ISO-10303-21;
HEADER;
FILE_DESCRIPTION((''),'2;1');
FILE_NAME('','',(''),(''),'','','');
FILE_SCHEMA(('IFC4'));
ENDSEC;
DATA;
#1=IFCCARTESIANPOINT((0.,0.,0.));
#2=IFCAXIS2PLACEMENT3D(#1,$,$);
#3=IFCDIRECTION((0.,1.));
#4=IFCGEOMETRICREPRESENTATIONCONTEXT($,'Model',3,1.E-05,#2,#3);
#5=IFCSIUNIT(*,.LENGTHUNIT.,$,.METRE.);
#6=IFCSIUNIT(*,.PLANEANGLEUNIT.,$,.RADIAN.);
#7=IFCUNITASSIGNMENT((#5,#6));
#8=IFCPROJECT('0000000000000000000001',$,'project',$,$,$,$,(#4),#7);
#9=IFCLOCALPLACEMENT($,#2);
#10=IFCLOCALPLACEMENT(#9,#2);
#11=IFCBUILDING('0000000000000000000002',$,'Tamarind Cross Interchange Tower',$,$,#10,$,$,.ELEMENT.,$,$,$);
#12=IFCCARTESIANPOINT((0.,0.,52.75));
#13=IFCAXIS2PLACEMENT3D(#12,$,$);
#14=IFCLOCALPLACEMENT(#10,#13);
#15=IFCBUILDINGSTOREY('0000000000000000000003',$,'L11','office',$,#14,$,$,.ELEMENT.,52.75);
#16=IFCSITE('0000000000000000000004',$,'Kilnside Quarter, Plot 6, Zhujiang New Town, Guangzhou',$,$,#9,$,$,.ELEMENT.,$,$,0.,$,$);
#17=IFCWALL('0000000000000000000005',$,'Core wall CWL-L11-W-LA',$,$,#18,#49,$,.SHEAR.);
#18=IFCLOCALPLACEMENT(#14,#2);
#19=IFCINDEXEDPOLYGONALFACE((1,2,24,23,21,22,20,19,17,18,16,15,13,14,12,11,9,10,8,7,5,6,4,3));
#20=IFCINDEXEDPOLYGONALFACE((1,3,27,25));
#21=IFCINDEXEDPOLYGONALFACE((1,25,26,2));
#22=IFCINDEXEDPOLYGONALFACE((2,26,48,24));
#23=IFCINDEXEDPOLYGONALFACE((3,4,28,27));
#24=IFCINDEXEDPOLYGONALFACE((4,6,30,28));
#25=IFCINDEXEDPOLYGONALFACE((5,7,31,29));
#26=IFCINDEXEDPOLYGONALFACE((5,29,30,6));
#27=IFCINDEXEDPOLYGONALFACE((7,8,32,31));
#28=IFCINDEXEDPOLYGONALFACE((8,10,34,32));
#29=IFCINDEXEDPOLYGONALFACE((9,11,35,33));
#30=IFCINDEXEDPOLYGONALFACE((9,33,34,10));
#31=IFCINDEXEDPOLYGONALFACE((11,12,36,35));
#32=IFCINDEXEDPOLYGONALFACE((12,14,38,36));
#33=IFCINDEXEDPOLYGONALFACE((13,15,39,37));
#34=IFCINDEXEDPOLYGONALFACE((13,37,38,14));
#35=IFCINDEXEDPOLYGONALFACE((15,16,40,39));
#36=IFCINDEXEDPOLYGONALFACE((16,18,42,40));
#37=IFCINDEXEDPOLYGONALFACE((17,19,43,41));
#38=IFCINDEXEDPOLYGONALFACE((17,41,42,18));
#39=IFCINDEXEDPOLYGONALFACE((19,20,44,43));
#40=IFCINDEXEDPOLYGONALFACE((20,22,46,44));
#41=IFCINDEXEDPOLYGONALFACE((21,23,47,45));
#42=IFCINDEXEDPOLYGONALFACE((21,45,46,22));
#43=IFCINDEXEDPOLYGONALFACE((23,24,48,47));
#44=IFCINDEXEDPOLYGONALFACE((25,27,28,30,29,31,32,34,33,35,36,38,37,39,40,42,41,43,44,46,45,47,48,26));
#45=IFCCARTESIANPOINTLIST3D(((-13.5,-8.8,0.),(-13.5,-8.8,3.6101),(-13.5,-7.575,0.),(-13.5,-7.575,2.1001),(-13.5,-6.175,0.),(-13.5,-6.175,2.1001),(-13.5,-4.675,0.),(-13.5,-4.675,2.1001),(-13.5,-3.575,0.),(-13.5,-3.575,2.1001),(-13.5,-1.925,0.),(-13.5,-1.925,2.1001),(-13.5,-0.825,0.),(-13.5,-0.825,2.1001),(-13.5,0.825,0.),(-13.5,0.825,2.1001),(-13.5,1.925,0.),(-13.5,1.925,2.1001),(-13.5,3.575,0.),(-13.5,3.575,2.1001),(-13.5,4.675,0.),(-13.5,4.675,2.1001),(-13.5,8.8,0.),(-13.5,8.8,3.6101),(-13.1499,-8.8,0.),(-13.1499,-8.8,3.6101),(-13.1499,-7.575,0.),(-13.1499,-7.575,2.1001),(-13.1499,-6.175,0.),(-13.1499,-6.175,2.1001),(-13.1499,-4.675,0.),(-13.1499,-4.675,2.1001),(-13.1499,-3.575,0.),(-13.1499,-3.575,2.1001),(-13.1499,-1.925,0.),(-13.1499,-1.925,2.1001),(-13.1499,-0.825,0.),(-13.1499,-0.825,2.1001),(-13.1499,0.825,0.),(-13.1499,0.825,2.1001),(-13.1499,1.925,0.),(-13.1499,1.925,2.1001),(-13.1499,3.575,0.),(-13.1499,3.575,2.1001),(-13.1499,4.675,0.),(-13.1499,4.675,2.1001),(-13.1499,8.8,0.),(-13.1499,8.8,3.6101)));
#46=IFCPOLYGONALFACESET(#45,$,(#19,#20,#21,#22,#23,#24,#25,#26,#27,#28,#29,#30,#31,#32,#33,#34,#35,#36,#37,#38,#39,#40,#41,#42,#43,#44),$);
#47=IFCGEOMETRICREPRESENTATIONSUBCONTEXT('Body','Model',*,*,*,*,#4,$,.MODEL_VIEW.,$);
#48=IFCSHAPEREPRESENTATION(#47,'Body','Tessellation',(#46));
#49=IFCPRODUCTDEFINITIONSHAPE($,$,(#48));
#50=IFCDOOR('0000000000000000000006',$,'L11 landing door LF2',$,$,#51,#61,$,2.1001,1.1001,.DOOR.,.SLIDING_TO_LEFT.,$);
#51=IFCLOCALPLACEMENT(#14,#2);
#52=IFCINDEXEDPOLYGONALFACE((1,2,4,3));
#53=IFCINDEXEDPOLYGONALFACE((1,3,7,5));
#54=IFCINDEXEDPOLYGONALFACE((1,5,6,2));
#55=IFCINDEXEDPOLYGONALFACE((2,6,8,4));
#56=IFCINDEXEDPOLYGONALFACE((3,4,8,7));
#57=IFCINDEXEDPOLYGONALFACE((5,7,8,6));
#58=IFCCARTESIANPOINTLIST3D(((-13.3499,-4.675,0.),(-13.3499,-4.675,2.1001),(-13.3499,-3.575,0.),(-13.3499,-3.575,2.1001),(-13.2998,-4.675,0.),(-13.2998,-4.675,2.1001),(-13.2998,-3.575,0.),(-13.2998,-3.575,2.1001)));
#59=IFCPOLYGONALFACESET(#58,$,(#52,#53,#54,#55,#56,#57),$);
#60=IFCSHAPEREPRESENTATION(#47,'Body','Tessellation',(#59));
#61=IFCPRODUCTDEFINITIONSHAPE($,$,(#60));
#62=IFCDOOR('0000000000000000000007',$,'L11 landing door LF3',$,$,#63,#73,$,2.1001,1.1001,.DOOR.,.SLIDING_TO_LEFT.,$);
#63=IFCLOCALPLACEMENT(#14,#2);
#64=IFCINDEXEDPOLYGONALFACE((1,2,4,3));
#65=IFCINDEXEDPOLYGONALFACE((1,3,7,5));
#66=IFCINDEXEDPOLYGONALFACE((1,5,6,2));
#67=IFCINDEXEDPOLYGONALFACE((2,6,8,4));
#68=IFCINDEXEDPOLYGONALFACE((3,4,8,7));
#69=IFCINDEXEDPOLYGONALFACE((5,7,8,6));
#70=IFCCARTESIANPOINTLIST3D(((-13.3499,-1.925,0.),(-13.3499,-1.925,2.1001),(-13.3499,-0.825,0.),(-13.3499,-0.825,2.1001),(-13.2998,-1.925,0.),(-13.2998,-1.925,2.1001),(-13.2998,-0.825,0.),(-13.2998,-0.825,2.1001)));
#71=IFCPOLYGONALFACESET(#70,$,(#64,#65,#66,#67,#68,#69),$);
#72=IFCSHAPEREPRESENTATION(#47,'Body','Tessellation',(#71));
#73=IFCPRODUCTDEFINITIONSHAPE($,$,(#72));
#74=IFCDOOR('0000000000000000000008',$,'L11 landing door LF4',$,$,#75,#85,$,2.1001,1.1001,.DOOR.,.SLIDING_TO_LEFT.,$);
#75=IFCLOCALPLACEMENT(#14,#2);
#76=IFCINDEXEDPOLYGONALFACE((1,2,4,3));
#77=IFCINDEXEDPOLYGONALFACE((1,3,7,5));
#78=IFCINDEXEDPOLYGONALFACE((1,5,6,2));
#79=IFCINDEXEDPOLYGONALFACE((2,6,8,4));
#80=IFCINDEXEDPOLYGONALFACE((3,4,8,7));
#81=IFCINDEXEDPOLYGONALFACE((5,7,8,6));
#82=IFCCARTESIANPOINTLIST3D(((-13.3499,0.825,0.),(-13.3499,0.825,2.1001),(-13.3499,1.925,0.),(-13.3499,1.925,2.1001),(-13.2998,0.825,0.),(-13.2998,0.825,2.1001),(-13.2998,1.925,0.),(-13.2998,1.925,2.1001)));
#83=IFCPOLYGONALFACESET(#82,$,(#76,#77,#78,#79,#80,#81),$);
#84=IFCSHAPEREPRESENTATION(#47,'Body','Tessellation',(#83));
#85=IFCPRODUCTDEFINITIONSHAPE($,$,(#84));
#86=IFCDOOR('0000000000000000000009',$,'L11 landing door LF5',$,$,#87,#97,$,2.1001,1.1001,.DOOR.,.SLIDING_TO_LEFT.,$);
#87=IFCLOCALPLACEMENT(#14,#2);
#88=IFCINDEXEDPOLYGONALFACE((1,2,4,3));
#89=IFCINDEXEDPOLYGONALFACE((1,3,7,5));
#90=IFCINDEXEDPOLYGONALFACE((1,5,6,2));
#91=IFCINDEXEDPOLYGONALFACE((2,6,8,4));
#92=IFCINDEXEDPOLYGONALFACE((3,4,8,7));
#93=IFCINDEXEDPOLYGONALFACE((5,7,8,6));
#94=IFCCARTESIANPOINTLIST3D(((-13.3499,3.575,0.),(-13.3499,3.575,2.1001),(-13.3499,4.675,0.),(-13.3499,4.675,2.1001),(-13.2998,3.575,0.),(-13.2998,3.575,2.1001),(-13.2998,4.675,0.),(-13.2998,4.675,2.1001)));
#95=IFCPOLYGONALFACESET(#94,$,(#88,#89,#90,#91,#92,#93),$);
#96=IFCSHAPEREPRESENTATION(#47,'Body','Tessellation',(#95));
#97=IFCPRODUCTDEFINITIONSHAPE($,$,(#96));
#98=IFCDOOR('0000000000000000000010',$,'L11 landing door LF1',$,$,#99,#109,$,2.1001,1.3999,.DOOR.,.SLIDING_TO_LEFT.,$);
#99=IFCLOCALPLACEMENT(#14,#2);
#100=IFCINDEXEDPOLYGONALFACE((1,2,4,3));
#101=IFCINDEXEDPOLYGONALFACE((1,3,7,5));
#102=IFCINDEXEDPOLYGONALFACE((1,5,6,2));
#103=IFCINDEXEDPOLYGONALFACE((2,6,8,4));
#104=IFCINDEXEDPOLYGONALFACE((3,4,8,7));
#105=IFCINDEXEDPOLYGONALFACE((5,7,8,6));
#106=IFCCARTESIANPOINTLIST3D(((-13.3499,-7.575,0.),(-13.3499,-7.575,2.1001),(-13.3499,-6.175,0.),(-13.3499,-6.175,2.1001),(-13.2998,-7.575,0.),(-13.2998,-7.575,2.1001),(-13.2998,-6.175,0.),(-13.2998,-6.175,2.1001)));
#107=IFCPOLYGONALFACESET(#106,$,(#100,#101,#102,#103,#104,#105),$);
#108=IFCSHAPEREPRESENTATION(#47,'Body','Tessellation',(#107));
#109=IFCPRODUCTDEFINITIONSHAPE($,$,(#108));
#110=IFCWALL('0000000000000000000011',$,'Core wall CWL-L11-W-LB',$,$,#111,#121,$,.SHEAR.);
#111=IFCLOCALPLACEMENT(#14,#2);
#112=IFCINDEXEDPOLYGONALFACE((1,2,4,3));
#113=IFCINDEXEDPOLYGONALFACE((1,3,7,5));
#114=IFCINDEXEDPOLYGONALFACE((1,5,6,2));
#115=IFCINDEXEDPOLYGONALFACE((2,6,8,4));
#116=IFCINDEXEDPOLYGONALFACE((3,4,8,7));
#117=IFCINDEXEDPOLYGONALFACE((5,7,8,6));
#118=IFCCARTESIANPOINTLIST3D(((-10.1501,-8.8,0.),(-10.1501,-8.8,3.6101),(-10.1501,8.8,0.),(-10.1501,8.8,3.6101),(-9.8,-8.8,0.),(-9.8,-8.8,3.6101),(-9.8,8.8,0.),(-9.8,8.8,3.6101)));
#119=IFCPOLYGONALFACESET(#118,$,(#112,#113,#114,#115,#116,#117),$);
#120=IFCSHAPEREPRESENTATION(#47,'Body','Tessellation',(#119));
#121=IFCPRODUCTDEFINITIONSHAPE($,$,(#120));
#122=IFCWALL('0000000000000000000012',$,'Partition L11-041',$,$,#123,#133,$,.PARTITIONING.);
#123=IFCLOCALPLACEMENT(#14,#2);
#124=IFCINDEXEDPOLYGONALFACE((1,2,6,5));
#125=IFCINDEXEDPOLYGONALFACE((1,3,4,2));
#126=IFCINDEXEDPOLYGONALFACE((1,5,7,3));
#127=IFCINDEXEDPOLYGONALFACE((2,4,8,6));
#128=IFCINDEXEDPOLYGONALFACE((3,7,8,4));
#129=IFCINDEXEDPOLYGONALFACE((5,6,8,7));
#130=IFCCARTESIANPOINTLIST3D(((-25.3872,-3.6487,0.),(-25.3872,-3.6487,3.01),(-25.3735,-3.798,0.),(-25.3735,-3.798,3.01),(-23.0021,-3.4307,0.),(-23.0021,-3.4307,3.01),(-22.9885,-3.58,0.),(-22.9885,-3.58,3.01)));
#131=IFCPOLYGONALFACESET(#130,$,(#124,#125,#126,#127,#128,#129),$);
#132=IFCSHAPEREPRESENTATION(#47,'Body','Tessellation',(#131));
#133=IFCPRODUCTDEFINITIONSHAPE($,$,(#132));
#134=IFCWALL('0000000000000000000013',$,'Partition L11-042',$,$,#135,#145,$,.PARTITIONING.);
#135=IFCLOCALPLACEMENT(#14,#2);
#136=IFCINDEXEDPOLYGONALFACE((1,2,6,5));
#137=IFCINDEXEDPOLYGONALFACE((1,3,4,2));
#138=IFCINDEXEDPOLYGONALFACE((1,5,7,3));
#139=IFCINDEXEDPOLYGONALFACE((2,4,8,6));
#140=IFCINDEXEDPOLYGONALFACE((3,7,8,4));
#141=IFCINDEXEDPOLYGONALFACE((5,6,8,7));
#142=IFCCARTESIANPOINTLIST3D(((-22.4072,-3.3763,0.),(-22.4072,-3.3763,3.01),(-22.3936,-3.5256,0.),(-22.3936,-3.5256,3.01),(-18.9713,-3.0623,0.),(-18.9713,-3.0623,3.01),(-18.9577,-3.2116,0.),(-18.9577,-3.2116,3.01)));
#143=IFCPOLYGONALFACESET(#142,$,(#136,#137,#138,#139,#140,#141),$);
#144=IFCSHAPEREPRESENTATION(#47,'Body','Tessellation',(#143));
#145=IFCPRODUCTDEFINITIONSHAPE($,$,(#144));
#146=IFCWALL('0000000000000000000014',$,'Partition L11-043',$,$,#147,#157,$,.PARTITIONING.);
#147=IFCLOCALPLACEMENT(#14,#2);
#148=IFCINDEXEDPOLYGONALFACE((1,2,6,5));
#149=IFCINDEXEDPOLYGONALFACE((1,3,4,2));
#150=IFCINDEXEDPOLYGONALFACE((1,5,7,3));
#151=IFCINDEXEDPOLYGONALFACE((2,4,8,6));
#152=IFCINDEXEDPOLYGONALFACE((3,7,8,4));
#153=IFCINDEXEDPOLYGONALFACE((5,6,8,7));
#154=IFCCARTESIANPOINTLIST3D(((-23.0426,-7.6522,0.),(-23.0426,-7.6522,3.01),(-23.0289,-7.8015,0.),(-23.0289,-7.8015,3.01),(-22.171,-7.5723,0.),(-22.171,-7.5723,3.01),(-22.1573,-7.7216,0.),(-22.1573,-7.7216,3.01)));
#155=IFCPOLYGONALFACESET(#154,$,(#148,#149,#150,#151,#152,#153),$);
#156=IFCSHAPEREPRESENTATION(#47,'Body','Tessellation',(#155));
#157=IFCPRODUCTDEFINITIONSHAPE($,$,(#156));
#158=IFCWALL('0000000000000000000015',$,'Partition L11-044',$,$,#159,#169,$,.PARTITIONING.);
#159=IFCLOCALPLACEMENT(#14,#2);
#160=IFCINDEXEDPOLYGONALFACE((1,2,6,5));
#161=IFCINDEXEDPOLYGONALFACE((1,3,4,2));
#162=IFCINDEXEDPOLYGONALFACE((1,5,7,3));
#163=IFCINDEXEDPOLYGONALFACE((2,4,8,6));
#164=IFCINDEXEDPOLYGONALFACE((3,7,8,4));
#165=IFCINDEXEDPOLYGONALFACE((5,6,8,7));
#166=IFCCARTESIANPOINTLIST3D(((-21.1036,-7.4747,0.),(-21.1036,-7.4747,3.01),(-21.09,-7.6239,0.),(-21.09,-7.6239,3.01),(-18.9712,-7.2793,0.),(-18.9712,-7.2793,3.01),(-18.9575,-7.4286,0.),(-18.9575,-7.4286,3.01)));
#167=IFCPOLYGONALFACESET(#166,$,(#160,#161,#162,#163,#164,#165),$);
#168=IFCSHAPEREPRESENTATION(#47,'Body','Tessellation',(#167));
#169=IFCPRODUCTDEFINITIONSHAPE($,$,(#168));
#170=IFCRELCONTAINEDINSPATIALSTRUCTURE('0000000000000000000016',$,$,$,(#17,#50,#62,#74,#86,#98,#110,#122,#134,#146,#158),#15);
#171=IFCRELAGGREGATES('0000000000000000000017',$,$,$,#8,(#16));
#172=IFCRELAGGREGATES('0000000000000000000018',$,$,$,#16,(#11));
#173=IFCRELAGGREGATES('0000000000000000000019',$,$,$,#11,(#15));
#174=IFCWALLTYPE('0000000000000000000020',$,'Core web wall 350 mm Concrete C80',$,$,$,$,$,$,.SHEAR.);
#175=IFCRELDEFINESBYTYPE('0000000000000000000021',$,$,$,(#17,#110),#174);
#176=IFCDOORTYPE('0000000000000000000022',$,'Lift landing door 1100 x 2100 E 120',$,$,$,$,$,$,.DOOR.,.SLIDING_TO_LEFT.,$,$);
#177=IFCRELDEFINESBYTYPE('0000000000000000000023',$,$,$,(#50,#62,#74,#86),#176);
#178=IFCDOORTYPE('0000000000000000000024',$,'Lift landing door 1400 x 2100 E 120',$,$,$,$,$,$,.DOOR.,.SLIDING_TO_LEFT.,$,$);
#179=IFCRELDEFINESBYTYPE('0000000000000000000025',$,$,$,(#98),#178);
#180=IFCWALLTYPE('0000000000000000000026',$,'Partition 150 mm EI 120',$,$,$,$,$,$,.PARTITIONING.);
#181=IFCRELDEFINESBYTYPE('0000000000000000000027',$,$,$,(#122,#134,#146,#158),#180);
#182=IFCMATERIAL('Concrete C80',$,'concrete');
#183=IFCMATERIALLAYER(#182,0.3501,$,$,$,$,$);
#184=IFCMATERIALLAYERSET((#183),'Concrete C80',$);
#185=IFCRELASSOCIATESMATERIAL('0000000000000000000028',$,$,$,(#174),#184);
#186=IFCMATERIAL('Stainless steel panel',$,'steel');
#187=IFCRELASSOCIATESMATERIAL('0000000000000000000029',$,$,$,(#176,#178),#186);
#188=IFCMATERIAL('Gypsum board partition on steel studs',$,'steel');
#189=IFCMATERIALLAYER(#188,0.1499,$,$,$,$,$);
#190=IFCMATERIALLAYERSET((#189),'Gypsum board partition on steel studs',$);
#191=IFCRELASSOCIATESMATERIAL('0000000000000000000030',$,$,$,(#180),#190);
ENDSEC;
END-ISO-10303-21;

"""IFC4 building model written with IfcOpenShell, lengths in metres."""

from ifc_helpers import new_model, si_unit, direction, frame, frame_2d, origin, place, context, subcontext, project, spatial, rectangle, extrude, material, layer, layer_set, type_object, element, fill, save


model = new_model("IFC4")

# Units and contexts
model_context = context("Model", 3, precision=1e-05, world=origin(), true_north=direction((0.0, 1.0)))
body_context = subcontext(model_context, "Body", "Model", "MODEL_VIEW")
ifc_project = project(units=[si_unit("LENGTHUNIT", "METRE"), si_unit("PLANEANGLEUNIT", "RADIAN")], contexts=[model_context])

# Site, building, storey
site_placement = place(None, origin())
site = spatial("IfcSite", under=ifc_project, at=site_placement, Name="Kilnside Quarter, Plot 6, Zhujiang New Town, Guangzhou", CompositionType="ELEMENT", RefElevation=0.0)
building_placement = place(site_placement, origin())
building = spatial("IfcBuilding", under=site, at=building_placement, Name="Tamarind Cross Interchange Tower", CompositionType="ELEMENT")
storey_placement = place(building_placement, frame((0.0, 0.0, 52.75)))
storey = spatial("IfcBuildingStorey", under=building, at=storey_placement, Name="L11", Description="office", CompositionType="ELEMENT", Elevation=52.75)

# Wall, openings, doors
ifc_material_1 = material(Name="Concrete C80", Category="concrete")
ifc_layer_1 = layer(ifc_material_1, 0.3501)
ifc_layer_set_1 = layer_set([ifc_layer_1], Name="Concrete C80")
wall_type_1 = type_object("IfcWallType", Name="Core web wall 350 mm Concrete C80", PredefinedType="SHEAR", material=ifc_layer_set_1)
wall_1_placement = place(storey_placement, frame((-13.325, -8.8, 0.0), z_axis=(0.0, 0.0, 1.0), x_axis=(0.0, 1.0, 0.0)))
wall_1 = element("IfcWall", 1, at=wall_1_placement, inside=storey, type_object=wall_type_1, Name="Core wall CWL-L11-W-LA", PredefinedType="SHEAR", context=body_context, shape_type="SweptSolid", body=[
    extrude(rectangle(XDim=17.6001, YDim=0.3501, at=frame_2d((8.8, 0.0))), origin(), (0.0, 0.0, 1.0), 3.6101),
])
opening_1_placement = place(wall_1_placement, frame((1.2251, 0.0, 0.0)))
opening_1 = element("IfcOpeningElement", 2, at=opening_1_placement, cuts=wall_1, PredefinedType="OPENING", context=body_context, shape_type="SweptSolid", body=[
    extrude(rectangle(XDim=1.3999, YDim=2.1001, at=frame_2d((0.7, 1.05))), frame((0.0, 0.1851, 0.0), z_axis=(0.0, -1.0, 0.0), x_axis=(1.0, 0.0, 0.0)), (0.0, 0.0, 1.0), 0.3701),
])
opening_2_placement = place(wall_1_placement, frame((4.125, 0.0, 0.0)))
opening_2 = element("IfcOpeningElement", 3, at=opening_2_placement, cuts=wall_1, PredefinedType="OPENING", context=body_context, shape_type="SweptSolid", body=[
    extrude(rectangle(XDim=1.1001, YDim=2.1001, at=frame_2d((0.55, 1.05))), frame((0.0, 0.1851, 0.0), z_axis=(0.0, -1.0, 0.0), x_axis=(1.0, 0.0, 0.0)), (0.0, 0.0, 1.0), 0.3701),
])
opening_3_placement = place(wall_1_placement, frame((6.875, 0.0, 0.0)))
opening_3 = element("IfcOpeningElement", 4, at=opening_3_placement, cuts=wall_1, PredefinedType="OPENING", context=body_context, shape_type="SweptSolid", body=[
    extrude(rectangle(XDim=1.1001, YDim=2.1001, at=frame_2d((0.55, 1.05))), frame((0.0, 0.1851, 0.0), z_axis=(0.0, -1.0, 0.0), x_axis=(1.0, 0.0, 0.0)), (0.0, 0.0, 1.0), 0.3701),
])
opening_4_placement = place(wall_1_placement, frame((9.625, 0.0, 0.0)))
opening_4 = element("IfcOpeningElement", 5, at=opening_4_placement, cuts=wall_1, PredefinedType="OPENING", context=body_context, shape_type="SweptSolid", body=[
    extrude(rectangle(XDim=1.1001, YDim=2.1001, at=frame_2d((0.55, 1.05))), frame((0.0, 0.1851, 0.0), z_axis=(0.0, -1.0, 0.0), x_axis=(1.0, 0.0, 0.0)), (0.0, 0.0, 1.0), 0.3701),
])
opening_5_placement = place(wall_1_placement, frame((12.375, 0.0, 0.0)))
opening_5 = element("IfcOpeningElement", 6, at=opening_5_placement, cuts=wall_1, PredefinedType="OPENING", context=body_context, shape_type="SweptSolid", body=[
    extrude(rectangle(XDim=1.1001, YDim=2.1001, at=frame_2d((0.55, 1.05))), frame((0.0, 0.1851, 0.0), z_axis=(0.0, -1.0, 0.0), x_axis=(1.0, 0.0, 0.0)), (0.0, 0.0, 1.0), 0.3701),
])
ifc_material_2 = material(Name="Stainless steel panel", Category="steel")
door_type_1 = type_object("IfcDoorType", Name="Lift landing door 1100 x 2100 E 120", OperationType="SLIDING_TO_LEFT", PredefinedType="DOOR", material=ifc_material_2)
door_1_placement = place(opening_2_placement, origin())
door_1 = element("IfcDoor", 7, at=door_1_placement, inside=storey, type_object=door_type_1, Name="L11 landing door LF2", OperationType="SLIDING_TO_LEFT", OverallHeight=2.1001, OverallWidth=1.1001, PredefinedType="DOOR", context=body_context, shape_type="SweptSolid", body=[
    extrude(rectangle(XDim=1.1001, YDim=2.1001, at=frame_2d((0.55, 1.05))), frame((0.0, 0.0249, 0.0), z_axis=(0.0, -1.0, 0.0), x_axis=(1.0, 0.0, 0.0)), (0.0, 0.0, 1.0), 0.05),
])
fill(opening_2, door_1)
door_2_placement = place(opening_3_placement, origin())
door_2 = element("IfcDoor", 8, at=door_2_placement, inside=storey, type_object=door_type_1, Name="L11 landing door LF3", OperationType="SLIDING_TO_LEFT", OverallHeight=2.1001, OverallWidth=1.1001, PredefinedType="DOOR", context=body_context, shape_type="SweptSolid", body=[
    extrude(rectangle(XDim=1.1001, YDim=2.1001, at=frame_2d((0.55, 1.05))), frame((0.0, 0.0249, 0.0), z_axis=(0.0, -1.0, 0.0), x_axis=(1.0, 0.0, 0.0)), (0.0, 0.0, 1.0), 0.05),
])
fill(opening_3, door_2)
door_3_placement = place(opening_4_placement, origin())
door_3 = element("IfcDoor", 9, at=door_3_placement, inside=storey, type_object=door_type_1, Name="L11 landing door LF4", OperationType="SLIDING_TO_LEFT", OverallHeight=2.1001, OverallWidth=1.1001, PredefinedType="DOOR", context=body_context, shape_type="SweptSolid", body=[
    extrude(rectangle(XDim=1.1001, YDim=2.1001, at=frame_2d((0.55, 1.05))), frame((0.0, 0.0249, 0.0), z_axis=(0.0, -1.0, 0.0), x_axis=(1.0, 0.0, 0.0)), (0.0, 0.0, 1.0), 0.05),
])
fill(opening_4, door_3)
door_4_placement = place(opening_5_placement, origin())
door_4 = element("IfcDoor", 10, at=door_4_placement, inside=storey, type_object=door_type_1, Name="L11 landing door LF5", OperationType="SLIDING_TO_LEFT", OverallHeight=2.1001, OverallWidth=1.1001, PredefinedType="DOOR", context=body_context, shape_type="SweptSolid", body=[
    extrude(rectangle(XDim=1.1001, YDim=2.1001, at=frame_2d((0.55, 1.05))), frame((0.0, 0.0249, 0.0), z_axis=(0.0, -1.0, 0.0), x_axis=(1.0, 0.0, 0.0)), (0.0, 0.0, 1.0), 0.05),
])
fill(opening_5, door_4)
door_type_2 = type_object("IfcDoorType", Name="Lift landing door 1400 x 2100 E 120", OperationType="SLIDING_TO_LEFT", PredefinedType="DOOR", material=ifc_material_2)
door_5_placement = place(opening_1_placement, origin())
door_5 = element("IfcDoor", 11, at=door_5_placement, inside=storey, type_object=door_type_2, Name="L11 landing door LF1", OperationType="SLIDING_TO_LEFT", OverallHeight=2.1001, OverallWidth=1.3999, PredefinedType="DOOR", context=body_context, shape_type="SweptSolid", body=[
    extrude(rectangle(XDim=1.3999, YDim=2.1001, at=frame_2d((0.7, 1.05))), frame((0.0, 0.0249, 0.0), z_axis=(0.0, -1.0, 0.0), x_axis=(1.0, 0.0, 0.0)), (0.0, 0.0, 1.0), 0.05),
])
fill(opening_1, door_5)

# Walls
wall_2_placement = place(storey_placement, frame((-9.9751, -8.8, 0.0), z_axis=(0.0, 0.0, 1.0), x_axis=(0.0, 1.0, 0.0)))
element("IfcWall", 12, at=wall_2_placement, inside=storey, type_object=wall_type_1, Name="Core wall CWL-L11-W-LB", PredefinedType="SHEAR", context=body_context, shape_type="SweptSolid", body=[
    extrude(rectangle(XDim=17.6001, YDim=0.3501, at=frame_2d((8.8, 0.0))), origin(), (0.0, 0.0, 1.0), 3.6101),
])
ifc_material_3 = material(Name="Gypsum board partition on steel studs", Category="steel")
ifc_layer_2 = layer(ifc_material_3, 0.1499)
ifc_layer_set_2 = layer_set([ifc_layer_2], Name="Gypsum board partition on steel studs")
wall_type_2 = type_object("IfcWallType", Name="Partition 150 mm EI 120", PredefinedType="PARTITIONING", material=ifc_layer_set_2)
wall_3_placement = place(storey_placement, frame((-25.3804, -3.7234, 0.0), z_axis=(0.0, 0.0, 1.0), x_axis=(0.995848, 0.091032, 0.0)))
element("IfcWall", 13, at=wall_3_placement, inside=storey, type_object=wall_type_2, Name="Partition L11-041", PredefinedType="PARTITIONING", context=body_context, shape_type="SweptSolid", body=[
    extrude(rectangle(XDim=2.395, YDim=0.1499, at=frame_2d((1.1975, 0.0))), origin(), (0.0, 0.0, 1.0), 3.01),
])
wall_4_placement = place(storey_placement, frame((-22.4004, -3.4509, 0.0), z_axis=(0.0, 0.0, 1.0), x_axis=(0.995851, 0.091001, 0.0)))
element("IfcWall", 14, at=wall_4_placement, inside=storey, type_object=wall_type_2, Name="Partition L11-042", PredefinedType="PARTITIONING", context=body_context, shape_type="SweptSolid", body=[
    extrude(rectangle(XDim=3.4502, YDim=0.1499, at=frame_2d((1.7251, 0.0))), origin(), (0.0, 0.0, 1.0), 3.01),
])
wall_5_placement = place(storey_placement, frame((-23.0356, -7.7268, 0.0), z_axis=(0.0, 0.0, 1.0), x_axis=(0.995831, 0.091215, 0.0)))
element("IfcWall", 15, at=wall_5_placement, inside=storey, type_object=wall_type_2, Name="Partition L11-043", PredefinedType="PARTITIONING", context=body_context, shape_type="SweptSolid", body=[
    extrude(rectangle(XDim=0.8752, YDim=0.1499, at=frame_2d((0.4375, 0.0))), origin(), (0.0, 0.0, 1.0), 3.01),
])
wall_6_placement = place(storey_placement, frame((-21.0969, -7.5493, 0.0), z_axis=(0.0, 0.0, 1.0), x_axis=(0.995831, 0.091214, 0.0)))
element("IfcWall", 16, at=wall_6_placement, inside=storey, type_object=wall_type_2, Name="Partition L11-044", PredefinedType="PARTITIONING", context=body_context, shape_type="SweptSolid", body=[
    extrude(rectangle(XDim=2.1414, YDim=0.1499, at=frame_2d((1.0708, 0.0))), origin(), (0.0, 0.0, 1.0), 3.01),
])

save(model, "model.ifc")
